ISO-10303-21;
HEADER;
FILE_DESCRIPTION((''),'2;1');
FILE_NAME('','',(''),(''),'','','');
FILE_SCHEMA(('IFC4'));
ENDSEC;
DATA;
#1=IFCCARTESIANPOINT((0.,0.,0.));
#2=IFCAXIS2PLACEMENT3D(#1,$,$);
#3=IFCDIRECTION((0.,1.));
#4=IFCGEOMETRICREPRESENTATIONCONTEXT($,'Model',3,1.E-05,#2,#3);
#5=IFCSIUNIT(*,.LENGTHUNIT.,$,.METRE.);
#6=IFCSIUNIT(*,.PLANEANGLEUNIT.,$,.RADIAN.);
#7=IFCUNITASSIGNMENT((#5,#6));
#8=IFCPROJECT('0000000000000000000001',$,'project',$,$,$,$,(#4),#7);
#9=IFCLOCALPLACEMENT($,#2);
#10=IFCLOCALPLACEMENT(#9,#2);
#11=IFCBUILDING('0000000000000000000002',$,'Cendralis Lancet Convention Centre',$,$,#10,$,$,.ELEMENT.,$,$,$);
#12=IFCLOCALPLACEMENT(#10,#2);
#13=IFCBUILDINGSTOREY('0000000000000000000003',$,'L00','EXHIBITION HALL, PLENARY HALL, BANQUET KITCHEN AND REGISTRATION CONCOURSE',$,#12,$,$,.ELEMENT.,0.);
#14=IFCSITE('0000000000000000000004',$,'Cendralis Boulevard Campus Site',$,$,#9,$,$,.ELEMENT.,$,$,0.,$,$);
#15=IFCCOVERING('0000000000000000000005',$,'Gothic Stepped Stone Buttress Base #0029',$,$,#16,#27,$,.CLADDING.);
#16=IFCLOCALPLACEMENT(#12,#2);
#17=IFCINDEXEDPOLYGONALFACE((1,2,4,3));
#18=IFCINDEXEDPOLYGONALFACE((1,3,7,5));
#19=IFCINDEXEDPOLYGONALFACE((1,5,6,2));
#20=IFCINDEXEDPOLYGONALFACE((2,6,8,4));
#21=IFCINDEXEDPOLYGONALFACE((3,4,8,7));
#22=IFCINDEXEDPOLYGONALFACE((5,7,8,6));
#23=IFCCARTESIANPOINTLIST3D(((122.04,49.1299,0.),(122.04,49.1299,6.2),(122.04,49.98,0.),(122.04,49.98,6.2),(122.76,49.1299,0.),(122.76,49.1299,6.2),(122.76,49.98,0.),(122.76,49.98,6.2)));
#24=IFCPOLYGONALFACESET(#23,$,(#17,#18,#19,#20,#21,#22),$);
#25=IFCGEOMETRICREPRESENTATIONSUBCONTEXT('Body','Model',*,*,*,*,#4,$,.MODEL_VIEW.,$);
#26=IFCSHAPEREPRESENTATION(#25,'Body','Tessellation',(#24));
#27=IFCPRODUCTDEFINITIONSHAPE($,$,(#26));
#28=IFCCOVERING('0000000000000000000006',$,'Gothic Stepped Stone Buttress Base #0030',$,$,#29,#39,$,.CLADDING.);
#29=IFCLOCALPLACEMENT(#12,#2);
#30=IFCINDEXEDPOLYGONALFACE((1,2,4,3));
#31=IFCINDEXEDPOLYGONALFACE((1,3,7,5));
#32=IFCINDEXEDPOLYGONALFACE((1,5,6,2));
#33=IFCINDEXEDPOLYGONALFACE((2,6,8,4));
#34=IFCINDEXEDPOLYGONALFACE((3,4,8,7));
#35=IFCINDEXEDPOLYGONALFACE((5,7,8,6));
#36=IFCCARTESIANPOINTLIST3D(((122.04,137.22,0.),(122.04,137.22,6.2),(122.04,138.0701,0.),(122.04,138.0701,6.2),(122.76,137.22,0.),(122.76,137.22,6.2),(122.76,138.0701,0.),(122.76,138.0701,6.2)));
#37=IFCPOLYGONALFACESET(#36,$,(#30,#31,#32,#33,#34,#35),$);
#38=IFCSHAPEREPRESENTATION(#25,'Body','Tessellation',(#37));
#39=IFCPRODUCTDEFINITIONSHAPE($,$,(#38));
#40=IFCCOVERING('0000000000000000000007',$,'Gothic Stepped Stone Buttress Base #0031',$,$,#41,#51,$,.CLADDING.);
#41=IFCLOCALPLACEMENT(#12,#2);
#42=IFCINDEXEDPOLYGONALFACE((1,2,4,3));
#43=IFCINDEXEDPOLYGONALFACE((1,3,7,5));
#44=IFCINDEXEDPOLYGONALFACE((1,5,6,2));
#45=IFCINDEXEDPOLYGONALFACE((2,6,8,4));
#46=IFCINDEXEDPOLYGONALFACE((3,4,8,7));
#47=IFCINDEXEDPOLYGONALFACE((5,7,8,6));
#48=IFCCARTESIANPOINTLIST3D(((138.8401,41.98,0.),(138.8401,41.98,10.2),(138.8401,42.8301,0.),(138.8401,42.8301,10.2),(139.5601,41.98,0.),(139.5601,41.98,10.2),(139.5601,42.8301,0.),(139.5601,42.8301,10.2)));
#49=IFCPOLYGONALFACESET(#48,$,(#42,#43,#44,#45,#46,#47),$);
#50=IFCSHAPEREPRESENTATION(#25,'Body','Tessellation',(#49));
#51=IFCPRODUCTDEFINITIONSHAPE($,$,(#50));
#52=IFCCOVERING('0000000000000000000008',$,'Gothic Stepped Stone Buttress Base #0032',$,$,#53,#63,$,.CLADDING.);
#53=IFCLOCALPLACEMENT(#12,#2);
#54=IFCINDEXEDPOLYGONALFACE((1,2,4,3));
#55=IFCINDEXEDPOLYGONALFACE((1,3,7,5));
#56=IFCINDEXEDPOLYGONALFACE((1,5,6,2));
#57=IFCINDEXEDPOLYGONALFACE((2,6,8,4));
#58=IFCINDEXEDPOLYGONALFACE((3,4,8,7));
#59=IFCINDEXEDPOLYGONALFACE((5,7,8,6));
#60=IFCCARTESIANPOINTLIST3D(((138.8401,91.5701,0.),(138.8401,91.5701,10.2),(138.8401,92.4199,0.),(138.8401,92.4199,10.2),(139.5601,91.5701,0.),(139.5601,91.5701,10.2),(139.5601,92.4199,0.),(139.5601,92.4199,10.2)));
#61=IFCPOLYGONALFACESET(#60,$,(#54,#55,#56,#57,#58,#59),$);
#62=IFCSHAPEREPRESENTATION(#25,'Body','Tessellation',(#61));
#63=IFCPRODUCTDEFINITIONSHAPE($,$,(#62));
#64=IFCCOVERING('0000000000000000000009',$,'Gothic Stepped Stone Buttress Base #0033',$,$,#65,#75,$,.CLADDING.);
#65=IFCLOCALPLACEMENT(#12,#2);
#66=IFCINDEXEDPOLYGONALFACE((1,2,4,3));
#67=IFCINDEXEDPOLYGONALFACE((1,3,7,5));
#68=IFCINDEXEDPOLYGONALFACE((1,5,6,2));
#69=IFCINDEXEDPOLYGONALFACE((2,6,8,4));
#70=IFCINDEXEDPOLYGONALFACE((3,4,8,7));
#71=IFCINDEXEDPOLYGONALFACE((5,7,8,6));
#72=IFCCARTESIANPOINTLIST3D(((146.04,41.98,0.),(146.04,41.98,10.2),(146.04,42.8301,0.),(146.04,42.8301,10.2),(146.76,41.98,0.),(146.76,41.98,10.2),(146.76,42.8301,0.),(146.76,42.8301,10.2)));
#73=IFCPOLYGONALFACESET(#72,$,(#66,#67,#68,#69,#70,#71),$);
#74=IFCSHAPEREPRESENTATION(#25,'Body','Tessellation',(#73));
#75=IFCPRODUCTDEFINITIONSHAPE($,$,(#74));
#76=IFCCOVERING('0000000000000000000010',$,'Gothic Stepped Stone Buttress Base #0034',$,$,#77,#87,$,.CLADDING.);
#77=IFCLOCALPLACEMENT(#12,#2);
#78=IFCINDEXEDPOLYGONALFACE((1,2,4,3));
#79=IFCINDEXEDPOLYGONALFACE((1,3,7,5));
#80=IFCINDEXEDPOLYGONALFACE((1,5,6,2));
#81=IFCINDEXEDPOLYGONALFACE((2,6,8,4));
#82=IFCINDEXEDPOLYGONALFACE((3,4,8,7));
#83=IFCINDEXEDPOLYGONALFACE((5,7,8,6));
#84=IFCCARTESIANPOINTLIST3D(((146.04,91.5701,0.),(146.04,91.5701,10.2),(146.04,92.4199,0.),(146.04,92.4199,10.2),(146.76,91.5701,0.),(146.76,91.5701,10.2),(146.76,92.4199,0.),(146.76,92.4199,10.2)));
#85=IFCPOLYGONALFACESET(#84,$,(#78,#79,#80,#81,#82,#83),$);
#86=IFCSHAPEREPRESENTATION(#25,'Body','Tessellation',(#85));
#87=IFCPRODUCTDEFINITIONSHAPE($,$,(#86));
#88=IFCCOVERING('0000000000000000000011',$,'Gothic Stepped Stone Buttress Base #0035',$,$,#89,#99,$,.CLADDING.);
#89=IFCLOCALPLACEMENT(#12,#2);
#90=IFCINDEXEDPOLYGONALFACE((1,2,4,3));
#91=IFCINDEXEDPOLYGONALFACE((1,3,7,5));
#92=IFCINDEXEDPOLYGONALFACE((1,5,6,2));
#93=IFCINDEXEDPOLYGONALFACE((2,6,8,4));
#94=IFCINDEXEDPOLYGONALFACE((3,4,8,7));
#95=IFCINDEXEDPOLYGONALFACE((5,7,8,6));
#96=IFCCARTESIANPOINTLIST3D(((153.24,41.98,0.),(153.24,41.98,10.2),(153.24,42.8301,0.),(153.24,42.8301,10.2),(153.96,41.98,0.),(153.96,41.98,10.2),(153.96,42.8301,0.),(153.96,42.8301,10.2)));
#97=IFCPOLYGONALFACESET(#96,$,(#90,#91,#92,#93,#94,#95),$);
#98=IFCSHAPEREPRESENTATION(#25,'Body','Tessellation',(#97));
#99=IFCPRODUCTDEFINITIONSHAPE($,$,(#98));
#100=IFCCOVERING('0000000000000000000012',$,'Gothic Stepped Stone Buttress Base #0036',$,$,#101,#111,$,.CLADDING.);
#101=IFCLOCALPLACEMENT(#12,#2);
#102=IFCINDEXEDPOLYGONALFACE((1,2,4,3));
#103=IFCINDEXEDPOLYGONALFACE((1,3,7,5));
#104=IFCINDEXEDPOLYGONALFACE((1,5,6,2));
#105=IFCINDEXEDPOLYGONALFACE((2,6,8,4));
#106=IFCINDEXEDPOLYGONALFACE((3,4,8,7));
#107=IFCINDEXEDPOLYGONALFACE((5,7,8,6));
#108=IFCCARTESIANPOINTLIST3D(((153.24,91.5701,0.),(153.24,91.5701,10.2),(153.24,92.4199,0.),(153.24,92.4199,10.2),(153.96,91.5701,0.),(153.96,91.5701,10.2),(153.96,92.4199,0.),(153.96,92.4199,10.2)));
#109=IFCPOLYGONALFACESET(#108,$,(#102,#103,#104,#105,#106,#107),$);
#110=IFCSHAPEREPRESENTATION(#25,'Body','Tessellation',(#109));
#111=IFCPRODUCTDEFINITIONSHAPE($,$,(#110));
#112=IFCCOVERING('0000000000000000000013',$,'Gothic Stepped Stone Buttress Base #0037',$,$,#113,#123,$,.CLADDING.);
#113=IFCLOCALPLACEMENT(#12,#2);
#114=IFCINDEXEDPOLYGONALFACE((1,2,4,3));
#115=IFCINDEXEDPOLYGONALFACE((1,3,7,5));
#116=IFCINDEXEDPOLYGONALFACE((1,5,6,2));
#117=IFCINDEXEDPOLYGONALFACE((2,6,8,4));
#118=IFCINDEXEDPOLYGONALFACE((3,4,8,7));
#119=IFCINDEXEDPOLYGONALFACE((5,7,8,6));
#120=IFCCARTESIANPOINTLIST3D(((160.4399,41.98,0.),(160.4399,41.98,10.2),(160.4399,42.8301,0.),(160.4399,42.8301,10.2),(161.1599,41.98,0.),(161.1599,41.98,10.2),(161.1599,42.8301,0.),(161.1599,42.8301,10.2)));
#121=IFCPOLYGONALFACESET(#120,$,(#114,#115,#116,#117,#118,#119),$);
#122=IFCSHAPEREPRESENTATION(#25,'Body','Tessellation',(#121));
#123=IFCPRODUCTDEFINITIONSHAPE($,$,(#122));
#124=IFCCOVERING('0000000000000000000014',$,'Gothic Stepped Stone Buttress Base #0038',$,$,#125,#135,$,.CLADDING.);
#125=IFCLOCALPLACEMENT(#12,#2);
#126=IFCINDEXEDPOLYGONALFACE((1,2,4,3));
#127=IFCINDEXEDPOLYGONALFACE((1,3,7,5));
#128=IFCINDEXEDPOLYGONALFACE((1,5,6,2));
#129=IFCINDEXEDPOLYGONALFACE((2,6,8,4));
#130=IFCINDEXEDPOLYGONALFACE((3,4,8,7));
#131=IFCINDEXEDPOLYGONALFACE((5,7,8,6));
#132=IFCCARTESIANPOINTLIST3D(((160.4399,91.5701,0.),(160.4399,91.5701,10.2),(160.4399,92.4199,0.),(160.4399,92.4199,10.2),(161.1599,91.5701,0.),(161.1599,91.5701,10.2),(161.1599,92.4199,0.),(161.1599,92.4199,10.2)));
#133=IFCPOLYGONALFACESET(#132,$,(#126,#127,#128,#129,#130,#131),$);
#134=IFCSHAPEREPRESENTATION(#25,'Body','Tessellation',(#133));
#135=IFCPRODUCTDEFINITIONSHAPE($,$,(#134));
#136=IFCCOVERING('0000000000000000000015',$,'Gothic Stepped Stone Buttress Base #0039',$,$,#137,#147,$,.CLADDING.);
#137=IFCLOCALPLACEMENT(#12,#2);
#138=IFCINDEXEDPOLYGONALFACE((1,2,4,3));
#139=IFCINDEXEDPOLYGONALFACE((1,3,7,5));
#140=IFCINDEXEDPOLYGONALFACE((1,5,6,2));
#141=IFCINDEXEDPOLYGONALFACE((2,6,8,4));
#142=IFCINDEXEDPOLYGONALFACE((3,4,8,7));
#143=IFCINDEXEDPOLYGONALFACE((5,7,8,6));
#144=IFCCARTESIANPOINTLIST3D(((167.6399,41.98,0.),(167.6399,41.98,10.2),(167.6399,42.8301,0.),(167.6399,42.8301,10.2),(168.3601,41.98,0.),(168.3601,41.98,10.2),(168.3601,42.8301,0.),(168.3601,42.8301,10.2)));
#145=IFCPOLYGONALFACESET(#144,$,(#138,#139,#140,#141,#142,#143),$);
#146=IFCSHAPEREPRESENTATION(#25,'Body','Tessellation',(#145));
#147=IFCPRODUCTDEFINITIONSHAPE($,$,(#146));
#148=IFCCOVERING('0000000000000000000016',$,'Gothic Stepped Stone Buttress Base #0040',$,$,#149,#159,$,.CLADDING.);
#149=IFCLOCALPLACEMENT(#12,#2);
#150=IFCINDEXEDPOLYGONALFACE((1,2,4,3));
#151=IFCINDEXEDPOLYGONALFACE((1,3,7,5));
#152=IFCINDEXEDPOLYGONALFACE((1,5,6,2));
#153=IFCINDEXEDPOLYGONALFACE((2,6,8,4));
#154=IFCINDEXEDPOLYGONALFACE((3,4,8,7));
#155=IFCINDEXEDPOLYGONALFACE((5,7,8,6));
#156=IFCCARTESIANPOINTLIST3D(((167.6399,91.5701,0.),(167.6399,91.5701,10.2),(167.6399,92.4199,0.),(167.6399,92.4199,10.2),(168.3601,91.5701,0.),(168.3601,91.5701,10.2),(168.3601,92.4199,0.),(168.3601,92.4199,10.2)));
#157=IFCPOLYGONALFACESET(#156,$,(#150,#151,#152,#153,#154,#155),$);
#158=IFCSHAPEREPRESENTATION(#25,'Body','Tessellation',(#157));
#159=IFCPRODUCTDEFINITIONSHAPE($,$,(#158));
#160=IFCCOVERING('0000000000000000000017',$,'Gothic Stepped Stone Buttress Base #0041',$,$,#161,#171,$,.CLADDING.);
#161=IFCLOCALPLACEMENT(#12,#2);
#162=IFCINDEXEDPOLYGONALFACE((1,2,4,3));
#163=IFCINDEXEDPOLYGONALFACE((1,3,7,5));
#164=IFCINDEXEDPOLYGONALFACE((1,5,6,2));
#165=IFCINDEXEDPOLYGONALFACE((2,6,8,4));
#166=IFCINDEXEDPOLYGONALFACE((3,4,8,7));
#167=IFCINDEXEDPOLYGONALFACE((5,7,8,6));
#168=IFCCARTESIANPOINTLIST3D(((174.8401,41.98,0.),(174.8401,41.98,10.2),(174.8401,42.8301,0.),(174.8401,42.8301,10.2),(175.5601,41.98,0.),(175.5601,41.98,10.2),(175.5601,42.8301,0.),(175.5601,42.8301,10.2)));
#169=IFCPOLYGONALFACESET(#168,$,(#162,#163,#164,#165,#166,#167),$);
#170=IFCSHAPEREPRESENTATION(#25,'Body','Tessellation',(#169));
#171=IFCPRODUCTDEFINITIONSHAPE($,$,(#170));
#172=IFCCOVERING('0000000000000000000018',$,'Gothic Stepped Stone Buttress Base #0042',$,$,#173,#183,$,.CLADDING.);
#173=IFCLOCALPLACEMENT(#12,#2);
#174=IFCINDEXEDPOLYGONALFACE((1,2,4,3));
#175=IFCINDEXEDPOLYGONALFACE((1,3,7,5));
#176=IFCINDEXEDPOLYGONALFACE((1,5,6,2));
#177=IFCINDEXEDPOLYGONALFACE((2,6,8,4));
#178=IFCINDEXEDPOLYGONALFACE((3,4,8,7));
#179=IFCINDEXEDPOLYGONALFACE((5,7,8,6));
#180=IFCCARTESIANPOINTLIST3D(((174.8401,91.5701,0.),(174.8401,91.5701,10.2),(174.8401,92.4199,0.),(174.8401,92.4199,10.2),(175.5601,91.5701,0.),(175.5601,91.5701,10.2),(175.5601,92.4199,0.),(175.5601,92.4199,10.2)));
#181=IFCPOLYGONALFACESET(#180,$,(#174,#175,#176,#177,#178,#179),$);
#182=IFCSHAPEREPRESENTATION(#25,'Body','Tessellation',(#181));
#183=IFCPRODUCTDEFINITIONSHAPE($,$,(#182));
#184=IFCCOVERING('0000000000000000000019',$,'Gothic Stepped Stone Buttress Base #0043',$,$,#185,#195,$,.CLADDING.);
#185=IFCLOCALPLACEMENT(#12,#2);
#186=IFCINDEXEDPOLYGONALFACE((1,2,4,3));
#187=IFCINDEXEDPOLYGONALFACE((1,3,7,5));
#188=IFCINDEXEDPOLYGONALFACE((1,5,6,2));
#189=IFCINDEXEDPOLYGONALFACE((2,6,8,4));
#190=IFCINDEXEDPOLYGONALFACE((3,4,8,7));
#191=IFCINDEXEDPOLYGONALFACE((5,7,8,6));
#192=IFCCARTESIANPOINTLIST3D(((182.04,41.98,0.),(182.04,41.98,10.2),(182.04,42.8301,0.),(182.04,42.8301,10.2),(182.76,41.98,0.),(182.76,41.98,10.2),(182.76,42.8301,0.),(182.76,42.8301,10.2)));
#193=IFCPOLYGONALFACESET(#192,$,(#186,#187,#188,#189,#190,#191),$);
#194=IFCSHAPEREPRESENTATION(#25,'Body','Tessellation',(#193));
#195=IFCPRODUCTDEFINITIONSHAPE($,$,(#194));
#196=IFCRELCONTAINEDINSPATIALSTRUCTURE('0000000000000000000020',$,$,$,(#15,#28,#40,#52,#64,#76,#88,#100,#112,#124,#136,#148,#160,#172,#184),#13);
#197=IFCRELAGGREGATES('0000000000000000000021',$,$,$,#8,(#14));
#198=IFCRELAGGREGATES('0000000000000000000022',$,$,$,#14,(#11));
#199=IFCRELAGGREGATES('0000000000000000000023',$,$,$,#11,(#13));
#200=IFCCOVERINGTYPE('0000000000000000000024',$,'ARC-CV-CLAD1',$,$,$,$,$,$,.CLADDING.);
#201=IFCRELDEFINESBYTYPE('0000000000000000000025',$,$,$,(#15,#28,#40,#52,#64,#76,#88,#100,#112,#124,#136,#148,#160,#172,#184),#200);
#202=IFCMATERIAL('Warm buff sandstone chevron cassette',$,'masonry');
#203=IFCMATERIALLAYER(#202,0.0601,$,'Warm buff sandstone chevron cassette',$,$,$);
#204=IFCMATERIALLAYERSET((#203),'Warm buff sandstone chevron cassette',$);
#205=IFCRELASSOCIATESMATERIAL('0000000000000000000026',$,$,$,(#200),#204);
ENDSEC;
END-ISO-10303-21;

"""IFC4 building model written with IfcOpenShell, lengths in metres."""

from ifc_helpers import new_model, si_unit, direction, origin, place, context, subcontext, project, spatial, polyline, outline, extrude, material, layer, layer_set, type_object, element, save


model = new_model("IFC4")

# Units and contexts
model_context = context("Model", 3, precision=1e-05, world=origin(), true_north=direction((0.0, 1.0)))
body_context = subcontext(model_context, "Body", "Model", "MODEL_VIEW")
ifc_project = project(units=[si_unit("LENGTHUNIT", "METRE"), si_unit("PLANEANGLEUNIT", "RADIAN")], contexts=[model_context])

# Site, building, storey
site_placement = place(None, origin())
site = spatial("IfcSite", under=ifc_project, at=site_placement, Name="Cendralis Boulevard Campus Site", CompositionType="ELEMENT", RefElevation=0.0)
building_placement = place(site_placement, origin())
building = spatial("IfcBuilding", under=site, at=building_placement, Name="Cendralis Lancet Convention Centre", CompositionType="ELEMENT")
storey_placement = place(building_placement, origin())
storey = spatial("IfcBuildingStorey", under=building, at=storey_placement, Name="L00", Description="EXHIBITION HALL, PLENARY HALL, BANQUET KITCHEN AND REGISTRATION CONCOURSE", CompositionType="ELEMENT", Elevation=0.0)

# Coverings
ifc_material = material(Name="Warm buff sandstone chevron cassette", Category="masonry")
ifc_layer = layer(ifc_material, 0.0601, Name="Warm buff sandstone chevron cassette")
ifc_layer_set = layer_set([ifc_layer], Name="Warm buff sandstone chevron cassette")
covering_type = type_object("IfcCoveringType", Name="ARC-CV-CLAD1", PredefinedType="CLADDING", material=ifc_layer_set)
covering_1_placement = place(storey_placement, origin())
element("IfcCovering", 1, at=covering_1_placement, inside=storey, type_object=covering_type, Name="Gothic Stepped Stone Buttress Base #0029", PredefinedType="CLADDING", context=body_context, shape_type="SweptSolid", body=[
    extrude(outline(polyline([(122.04, 49.1299), (122.76, 49.1299), (122.76, 49.98), (122.04, 49.98), (122.04, 49.1299)])), origin(), (0.0, 0.0, 1.0), 6.2),
])
covering_2_placement = place(storey_placement, origin())
element("IfcCovering", 2, at=covering_2_placement, inside=storey, type_object=covering_type, Name="Gothic Stepped Stone Buttress Base #0030", PredefinedType="CLADDING", context=body_context, shape_type="SweptSolid", body=[
    extrude(outline(polyline([(122.76, 138.0701), (122.04, 138.0701), (122.04, 137.22), (122.76, 137.22), (122.76, 138.0701)])), origin(), (0.0, 0.0, 1.0), 6.2),
])
covering_3_placement = place(storey_placement, origin())
element("IfcCovering", 3, at=covering_3_placement, inside=storey, type_object=covering_type, Name="Gothic Stepped Stone Buttress Base #0031", PredefinedType="CLADDING", context=body_context, shape_type="SweptSolid", body=[
    extrude(outline(polyline([(138.8401, 41.98), (139.5601, 41.98), (139.5601, 42.8301), (138.8401, 42.8301), (138.8401, 41.98)])), origin(), (0.0, 0.0, 1.0), 10.2),
])
covering_4_placement = place(storey_placement, origin())
element("IfcCovering", 4, at=covering_4_placement, inside=storey, type_object=covering_type, Name="Gothic Stepped Stone Buttress Base #0032", PredefinedType="CLADDING", context=body_context, shape_type="SweptSolid", body=[
    extrude(outline(polyline([(139.5601, 92.4199), (138.8401, 92.4199), (138.8401, 91.5701), (139.5601, 91.5701), (139.5601, 92.4199)])), origin(), (0.0, 0.0, 1.0), 10.2),
])
covering_5_placement = place(storey_placement, origin())
element("IfcCovering", 5, at=covering_5_placement, inside=storey, type_object=covering_type, Name="Gothic Stepped Stone Buttress Base #0033", PredefinedType="CLADDING", context=body_context, shape_type="SweptSolid", body=[
    extrude(outline(polyline([(146.04, 41.98), (146.76, 41.98), (146.76, 42.8301), (146.04, 42.8301), (146.04, 41.98)])), origin(), (0.0, 0.0, 1.0), 10.2),
])
covering_6_placement = place(storey_placement, origin())
element("IfcCovering", 6, at=covering_6_placement, inside=storey, type_object=covering_type, Name="Gothic Stepped Stone Buttress Base #0034", PredefinedType="CLADDING", context=body_context, shape_type="SweptSolid", body=[
    extrude(outline(polyline([(146.76, 92.4199), (146.04, 92.4199), (146.04, 91.5701), (146.76, 91.5701), (146.76, 92.4199)])), origin(), (0.0, 0.0, 1.0), 10.2),
])
covering_7_placement = place(storey_placement, origin())
element("IfcCovering", 7, at=covering_7_placement, inside=storey, type_object=covering_type, Name="Gothic Stepped Stone Buttress Base #0035", PredefinedType="CLADDING", context=body_context, shape_type="SweptSolid", body=[
    extrude(outline(polyline([(153.24, 41.98), (153.96, 41.98), (153.96, 42.8301), (153.24, 42.8301), (153.24, 41.98)])), origin(), (0.0, 0.0, 1.0), 10.2),
])
covering_8_placement = place(storey_placement, origin())
element("IfcCovering", 8, at=covering_8_placement, inside=storey, type_object=covering_type, Name="Gothic Stepped Stone Buttress Base #0036", PredefinedType="CLADDING", context=body_context, shape_type="SweptSolid", body=[
    extrude(outline(polyline([(153.96, 92.4199), (153.24, 92.4199), (153.24, 91.5701), (153.96, 91.5701), (153.96, 92.4199)])), origin(), (0.0, 0.0, 1.0), 10.2),
])
covering_9_placement = place(storey_placement, origin())
element("IfcCovering", 9, at=covering_9_placement, inside=storey, type_object=covering_type, Name="Gothic Stepped Stone Buttress Base #0037", PredefinedType="CLADDING", context=body_context, shape_type="SweptSolid", body=[
    extrude(outline(polyline([(160.4399, 41.98), (161.1599, 41.98), (161.1599, 42.8301), (160.4399, 42.8301), (160.4399, 41.98)])), origin(), (0.0, 0.0, 1.0), 10.2),
])
covering_10_placement = place(storey_placement, origin())
element("IfcCovering", 10, at=covering_10_placement, inside=storey, type_object=covering_type, Name="Gothic Stepped Stone Buttress Base #0038", PredefinedType="CLADDING", context=body_context, shape_type="SweptSolid", body=[
    extrude(outline(polyline([(161.1599, 92.4199), (160.4399, 92.4199), (160.4399, 91.5701), (161.1599, 91.5701), (161.1599, 92.4199)])), origin(), (0.0, 0.0, 1.0), 10.2),
])
covering_11_placement = place(storey_placement, origin())
element("IfcCovering", 11, at=covering_11_placement, inside=storey, type_object=covering_type, Name="Gothic Stepped Stone Buttress Base #0039", PredefinedType="CLADDING", context=body_context, shape_type="SweptSolid", body=[
    extrude(outline(polyline([(167.6399, 41.98), (168.3601, 41.98), (168.3601, 42.8301), (167.6399, 42.8301), (167.6399, 41.98)])), origin(), (0.0, 0.0, 1.0), 10.2),
])
covering_12_placement = place(storey_placement, origin())
element("IfcCovering", 12, at=covering_12_placement, inside=storey, type_object=covering_type, Name="Gothic Stepped Stone Buttress Base #0040", PredefinedType="CLADDING", context=body_context, shape_type="SweptSolid", body=[
    extrude(outline(polyline([(168.3601, 92.4199), (167.6399, 92.4199), (167.6399, 91.5701), (168.3601, 91.5701), (168.3601, 92.4199)])), origin(), (0.0, 0.0, 1.0), 10.2),
])
covering_13_placement = place(storey_placement, origin())
element("IfcCovering", 13, at=covering_13_placement, inside=storey, type_object=covering_type, Name="Gothic Stepped Stone Buttress Base #0041", PredefinedType="CLADDING", context=body_context, shape_type="SweptSolid", body=[
    extrude(outline(polyline([(174.8401, 41.98), (175.5601, 41.98), (175.5601, 42.8301), (174.8401, 42.8301), (174.8401, 41.98)])), origin(), (0.0, 0.0, 1.0), 10.2),
])
covering_14_placement = place(storey_placement, origin())
element("IfcCovering", 14, at=covering_14_placement, inside=storey, type_object=covering_type, Name="Gothic Stepped Stone Buttress Base #0042", PredefinedType="CLADDING", context=body_context, shape_type="SweptSolid", body=[
    extrude(outline(polyline([(175.5601, 92.4199), (174.8401, 92.4199), (174.8401, 91.5701), (175.5601, 91.5701), (175.5601, 92.4199)])), origin(), (0.0, 0.0, 1.0), 10.2),
])
covering_15_placement = place(storey_placement, origin())
element("IfcCovering", 15, at=covering_15_placement, inside=storey, type_object=covering_type, Name="Gothic Stepped Stone Buttress Base #0043", PredefinedType="CLADDING", context=body_context, shape_type="SweptSolid", body=[
    extrude(outline(polyline([(182.04, 41.98), (182.76, 41.98), (182.76, 42.8301), (182.04, 42.8301), (182.04, 41.98)])), origin(), (0.0, 0.0, 1.0), 10.2),
])

save(model, "model.ifc")
